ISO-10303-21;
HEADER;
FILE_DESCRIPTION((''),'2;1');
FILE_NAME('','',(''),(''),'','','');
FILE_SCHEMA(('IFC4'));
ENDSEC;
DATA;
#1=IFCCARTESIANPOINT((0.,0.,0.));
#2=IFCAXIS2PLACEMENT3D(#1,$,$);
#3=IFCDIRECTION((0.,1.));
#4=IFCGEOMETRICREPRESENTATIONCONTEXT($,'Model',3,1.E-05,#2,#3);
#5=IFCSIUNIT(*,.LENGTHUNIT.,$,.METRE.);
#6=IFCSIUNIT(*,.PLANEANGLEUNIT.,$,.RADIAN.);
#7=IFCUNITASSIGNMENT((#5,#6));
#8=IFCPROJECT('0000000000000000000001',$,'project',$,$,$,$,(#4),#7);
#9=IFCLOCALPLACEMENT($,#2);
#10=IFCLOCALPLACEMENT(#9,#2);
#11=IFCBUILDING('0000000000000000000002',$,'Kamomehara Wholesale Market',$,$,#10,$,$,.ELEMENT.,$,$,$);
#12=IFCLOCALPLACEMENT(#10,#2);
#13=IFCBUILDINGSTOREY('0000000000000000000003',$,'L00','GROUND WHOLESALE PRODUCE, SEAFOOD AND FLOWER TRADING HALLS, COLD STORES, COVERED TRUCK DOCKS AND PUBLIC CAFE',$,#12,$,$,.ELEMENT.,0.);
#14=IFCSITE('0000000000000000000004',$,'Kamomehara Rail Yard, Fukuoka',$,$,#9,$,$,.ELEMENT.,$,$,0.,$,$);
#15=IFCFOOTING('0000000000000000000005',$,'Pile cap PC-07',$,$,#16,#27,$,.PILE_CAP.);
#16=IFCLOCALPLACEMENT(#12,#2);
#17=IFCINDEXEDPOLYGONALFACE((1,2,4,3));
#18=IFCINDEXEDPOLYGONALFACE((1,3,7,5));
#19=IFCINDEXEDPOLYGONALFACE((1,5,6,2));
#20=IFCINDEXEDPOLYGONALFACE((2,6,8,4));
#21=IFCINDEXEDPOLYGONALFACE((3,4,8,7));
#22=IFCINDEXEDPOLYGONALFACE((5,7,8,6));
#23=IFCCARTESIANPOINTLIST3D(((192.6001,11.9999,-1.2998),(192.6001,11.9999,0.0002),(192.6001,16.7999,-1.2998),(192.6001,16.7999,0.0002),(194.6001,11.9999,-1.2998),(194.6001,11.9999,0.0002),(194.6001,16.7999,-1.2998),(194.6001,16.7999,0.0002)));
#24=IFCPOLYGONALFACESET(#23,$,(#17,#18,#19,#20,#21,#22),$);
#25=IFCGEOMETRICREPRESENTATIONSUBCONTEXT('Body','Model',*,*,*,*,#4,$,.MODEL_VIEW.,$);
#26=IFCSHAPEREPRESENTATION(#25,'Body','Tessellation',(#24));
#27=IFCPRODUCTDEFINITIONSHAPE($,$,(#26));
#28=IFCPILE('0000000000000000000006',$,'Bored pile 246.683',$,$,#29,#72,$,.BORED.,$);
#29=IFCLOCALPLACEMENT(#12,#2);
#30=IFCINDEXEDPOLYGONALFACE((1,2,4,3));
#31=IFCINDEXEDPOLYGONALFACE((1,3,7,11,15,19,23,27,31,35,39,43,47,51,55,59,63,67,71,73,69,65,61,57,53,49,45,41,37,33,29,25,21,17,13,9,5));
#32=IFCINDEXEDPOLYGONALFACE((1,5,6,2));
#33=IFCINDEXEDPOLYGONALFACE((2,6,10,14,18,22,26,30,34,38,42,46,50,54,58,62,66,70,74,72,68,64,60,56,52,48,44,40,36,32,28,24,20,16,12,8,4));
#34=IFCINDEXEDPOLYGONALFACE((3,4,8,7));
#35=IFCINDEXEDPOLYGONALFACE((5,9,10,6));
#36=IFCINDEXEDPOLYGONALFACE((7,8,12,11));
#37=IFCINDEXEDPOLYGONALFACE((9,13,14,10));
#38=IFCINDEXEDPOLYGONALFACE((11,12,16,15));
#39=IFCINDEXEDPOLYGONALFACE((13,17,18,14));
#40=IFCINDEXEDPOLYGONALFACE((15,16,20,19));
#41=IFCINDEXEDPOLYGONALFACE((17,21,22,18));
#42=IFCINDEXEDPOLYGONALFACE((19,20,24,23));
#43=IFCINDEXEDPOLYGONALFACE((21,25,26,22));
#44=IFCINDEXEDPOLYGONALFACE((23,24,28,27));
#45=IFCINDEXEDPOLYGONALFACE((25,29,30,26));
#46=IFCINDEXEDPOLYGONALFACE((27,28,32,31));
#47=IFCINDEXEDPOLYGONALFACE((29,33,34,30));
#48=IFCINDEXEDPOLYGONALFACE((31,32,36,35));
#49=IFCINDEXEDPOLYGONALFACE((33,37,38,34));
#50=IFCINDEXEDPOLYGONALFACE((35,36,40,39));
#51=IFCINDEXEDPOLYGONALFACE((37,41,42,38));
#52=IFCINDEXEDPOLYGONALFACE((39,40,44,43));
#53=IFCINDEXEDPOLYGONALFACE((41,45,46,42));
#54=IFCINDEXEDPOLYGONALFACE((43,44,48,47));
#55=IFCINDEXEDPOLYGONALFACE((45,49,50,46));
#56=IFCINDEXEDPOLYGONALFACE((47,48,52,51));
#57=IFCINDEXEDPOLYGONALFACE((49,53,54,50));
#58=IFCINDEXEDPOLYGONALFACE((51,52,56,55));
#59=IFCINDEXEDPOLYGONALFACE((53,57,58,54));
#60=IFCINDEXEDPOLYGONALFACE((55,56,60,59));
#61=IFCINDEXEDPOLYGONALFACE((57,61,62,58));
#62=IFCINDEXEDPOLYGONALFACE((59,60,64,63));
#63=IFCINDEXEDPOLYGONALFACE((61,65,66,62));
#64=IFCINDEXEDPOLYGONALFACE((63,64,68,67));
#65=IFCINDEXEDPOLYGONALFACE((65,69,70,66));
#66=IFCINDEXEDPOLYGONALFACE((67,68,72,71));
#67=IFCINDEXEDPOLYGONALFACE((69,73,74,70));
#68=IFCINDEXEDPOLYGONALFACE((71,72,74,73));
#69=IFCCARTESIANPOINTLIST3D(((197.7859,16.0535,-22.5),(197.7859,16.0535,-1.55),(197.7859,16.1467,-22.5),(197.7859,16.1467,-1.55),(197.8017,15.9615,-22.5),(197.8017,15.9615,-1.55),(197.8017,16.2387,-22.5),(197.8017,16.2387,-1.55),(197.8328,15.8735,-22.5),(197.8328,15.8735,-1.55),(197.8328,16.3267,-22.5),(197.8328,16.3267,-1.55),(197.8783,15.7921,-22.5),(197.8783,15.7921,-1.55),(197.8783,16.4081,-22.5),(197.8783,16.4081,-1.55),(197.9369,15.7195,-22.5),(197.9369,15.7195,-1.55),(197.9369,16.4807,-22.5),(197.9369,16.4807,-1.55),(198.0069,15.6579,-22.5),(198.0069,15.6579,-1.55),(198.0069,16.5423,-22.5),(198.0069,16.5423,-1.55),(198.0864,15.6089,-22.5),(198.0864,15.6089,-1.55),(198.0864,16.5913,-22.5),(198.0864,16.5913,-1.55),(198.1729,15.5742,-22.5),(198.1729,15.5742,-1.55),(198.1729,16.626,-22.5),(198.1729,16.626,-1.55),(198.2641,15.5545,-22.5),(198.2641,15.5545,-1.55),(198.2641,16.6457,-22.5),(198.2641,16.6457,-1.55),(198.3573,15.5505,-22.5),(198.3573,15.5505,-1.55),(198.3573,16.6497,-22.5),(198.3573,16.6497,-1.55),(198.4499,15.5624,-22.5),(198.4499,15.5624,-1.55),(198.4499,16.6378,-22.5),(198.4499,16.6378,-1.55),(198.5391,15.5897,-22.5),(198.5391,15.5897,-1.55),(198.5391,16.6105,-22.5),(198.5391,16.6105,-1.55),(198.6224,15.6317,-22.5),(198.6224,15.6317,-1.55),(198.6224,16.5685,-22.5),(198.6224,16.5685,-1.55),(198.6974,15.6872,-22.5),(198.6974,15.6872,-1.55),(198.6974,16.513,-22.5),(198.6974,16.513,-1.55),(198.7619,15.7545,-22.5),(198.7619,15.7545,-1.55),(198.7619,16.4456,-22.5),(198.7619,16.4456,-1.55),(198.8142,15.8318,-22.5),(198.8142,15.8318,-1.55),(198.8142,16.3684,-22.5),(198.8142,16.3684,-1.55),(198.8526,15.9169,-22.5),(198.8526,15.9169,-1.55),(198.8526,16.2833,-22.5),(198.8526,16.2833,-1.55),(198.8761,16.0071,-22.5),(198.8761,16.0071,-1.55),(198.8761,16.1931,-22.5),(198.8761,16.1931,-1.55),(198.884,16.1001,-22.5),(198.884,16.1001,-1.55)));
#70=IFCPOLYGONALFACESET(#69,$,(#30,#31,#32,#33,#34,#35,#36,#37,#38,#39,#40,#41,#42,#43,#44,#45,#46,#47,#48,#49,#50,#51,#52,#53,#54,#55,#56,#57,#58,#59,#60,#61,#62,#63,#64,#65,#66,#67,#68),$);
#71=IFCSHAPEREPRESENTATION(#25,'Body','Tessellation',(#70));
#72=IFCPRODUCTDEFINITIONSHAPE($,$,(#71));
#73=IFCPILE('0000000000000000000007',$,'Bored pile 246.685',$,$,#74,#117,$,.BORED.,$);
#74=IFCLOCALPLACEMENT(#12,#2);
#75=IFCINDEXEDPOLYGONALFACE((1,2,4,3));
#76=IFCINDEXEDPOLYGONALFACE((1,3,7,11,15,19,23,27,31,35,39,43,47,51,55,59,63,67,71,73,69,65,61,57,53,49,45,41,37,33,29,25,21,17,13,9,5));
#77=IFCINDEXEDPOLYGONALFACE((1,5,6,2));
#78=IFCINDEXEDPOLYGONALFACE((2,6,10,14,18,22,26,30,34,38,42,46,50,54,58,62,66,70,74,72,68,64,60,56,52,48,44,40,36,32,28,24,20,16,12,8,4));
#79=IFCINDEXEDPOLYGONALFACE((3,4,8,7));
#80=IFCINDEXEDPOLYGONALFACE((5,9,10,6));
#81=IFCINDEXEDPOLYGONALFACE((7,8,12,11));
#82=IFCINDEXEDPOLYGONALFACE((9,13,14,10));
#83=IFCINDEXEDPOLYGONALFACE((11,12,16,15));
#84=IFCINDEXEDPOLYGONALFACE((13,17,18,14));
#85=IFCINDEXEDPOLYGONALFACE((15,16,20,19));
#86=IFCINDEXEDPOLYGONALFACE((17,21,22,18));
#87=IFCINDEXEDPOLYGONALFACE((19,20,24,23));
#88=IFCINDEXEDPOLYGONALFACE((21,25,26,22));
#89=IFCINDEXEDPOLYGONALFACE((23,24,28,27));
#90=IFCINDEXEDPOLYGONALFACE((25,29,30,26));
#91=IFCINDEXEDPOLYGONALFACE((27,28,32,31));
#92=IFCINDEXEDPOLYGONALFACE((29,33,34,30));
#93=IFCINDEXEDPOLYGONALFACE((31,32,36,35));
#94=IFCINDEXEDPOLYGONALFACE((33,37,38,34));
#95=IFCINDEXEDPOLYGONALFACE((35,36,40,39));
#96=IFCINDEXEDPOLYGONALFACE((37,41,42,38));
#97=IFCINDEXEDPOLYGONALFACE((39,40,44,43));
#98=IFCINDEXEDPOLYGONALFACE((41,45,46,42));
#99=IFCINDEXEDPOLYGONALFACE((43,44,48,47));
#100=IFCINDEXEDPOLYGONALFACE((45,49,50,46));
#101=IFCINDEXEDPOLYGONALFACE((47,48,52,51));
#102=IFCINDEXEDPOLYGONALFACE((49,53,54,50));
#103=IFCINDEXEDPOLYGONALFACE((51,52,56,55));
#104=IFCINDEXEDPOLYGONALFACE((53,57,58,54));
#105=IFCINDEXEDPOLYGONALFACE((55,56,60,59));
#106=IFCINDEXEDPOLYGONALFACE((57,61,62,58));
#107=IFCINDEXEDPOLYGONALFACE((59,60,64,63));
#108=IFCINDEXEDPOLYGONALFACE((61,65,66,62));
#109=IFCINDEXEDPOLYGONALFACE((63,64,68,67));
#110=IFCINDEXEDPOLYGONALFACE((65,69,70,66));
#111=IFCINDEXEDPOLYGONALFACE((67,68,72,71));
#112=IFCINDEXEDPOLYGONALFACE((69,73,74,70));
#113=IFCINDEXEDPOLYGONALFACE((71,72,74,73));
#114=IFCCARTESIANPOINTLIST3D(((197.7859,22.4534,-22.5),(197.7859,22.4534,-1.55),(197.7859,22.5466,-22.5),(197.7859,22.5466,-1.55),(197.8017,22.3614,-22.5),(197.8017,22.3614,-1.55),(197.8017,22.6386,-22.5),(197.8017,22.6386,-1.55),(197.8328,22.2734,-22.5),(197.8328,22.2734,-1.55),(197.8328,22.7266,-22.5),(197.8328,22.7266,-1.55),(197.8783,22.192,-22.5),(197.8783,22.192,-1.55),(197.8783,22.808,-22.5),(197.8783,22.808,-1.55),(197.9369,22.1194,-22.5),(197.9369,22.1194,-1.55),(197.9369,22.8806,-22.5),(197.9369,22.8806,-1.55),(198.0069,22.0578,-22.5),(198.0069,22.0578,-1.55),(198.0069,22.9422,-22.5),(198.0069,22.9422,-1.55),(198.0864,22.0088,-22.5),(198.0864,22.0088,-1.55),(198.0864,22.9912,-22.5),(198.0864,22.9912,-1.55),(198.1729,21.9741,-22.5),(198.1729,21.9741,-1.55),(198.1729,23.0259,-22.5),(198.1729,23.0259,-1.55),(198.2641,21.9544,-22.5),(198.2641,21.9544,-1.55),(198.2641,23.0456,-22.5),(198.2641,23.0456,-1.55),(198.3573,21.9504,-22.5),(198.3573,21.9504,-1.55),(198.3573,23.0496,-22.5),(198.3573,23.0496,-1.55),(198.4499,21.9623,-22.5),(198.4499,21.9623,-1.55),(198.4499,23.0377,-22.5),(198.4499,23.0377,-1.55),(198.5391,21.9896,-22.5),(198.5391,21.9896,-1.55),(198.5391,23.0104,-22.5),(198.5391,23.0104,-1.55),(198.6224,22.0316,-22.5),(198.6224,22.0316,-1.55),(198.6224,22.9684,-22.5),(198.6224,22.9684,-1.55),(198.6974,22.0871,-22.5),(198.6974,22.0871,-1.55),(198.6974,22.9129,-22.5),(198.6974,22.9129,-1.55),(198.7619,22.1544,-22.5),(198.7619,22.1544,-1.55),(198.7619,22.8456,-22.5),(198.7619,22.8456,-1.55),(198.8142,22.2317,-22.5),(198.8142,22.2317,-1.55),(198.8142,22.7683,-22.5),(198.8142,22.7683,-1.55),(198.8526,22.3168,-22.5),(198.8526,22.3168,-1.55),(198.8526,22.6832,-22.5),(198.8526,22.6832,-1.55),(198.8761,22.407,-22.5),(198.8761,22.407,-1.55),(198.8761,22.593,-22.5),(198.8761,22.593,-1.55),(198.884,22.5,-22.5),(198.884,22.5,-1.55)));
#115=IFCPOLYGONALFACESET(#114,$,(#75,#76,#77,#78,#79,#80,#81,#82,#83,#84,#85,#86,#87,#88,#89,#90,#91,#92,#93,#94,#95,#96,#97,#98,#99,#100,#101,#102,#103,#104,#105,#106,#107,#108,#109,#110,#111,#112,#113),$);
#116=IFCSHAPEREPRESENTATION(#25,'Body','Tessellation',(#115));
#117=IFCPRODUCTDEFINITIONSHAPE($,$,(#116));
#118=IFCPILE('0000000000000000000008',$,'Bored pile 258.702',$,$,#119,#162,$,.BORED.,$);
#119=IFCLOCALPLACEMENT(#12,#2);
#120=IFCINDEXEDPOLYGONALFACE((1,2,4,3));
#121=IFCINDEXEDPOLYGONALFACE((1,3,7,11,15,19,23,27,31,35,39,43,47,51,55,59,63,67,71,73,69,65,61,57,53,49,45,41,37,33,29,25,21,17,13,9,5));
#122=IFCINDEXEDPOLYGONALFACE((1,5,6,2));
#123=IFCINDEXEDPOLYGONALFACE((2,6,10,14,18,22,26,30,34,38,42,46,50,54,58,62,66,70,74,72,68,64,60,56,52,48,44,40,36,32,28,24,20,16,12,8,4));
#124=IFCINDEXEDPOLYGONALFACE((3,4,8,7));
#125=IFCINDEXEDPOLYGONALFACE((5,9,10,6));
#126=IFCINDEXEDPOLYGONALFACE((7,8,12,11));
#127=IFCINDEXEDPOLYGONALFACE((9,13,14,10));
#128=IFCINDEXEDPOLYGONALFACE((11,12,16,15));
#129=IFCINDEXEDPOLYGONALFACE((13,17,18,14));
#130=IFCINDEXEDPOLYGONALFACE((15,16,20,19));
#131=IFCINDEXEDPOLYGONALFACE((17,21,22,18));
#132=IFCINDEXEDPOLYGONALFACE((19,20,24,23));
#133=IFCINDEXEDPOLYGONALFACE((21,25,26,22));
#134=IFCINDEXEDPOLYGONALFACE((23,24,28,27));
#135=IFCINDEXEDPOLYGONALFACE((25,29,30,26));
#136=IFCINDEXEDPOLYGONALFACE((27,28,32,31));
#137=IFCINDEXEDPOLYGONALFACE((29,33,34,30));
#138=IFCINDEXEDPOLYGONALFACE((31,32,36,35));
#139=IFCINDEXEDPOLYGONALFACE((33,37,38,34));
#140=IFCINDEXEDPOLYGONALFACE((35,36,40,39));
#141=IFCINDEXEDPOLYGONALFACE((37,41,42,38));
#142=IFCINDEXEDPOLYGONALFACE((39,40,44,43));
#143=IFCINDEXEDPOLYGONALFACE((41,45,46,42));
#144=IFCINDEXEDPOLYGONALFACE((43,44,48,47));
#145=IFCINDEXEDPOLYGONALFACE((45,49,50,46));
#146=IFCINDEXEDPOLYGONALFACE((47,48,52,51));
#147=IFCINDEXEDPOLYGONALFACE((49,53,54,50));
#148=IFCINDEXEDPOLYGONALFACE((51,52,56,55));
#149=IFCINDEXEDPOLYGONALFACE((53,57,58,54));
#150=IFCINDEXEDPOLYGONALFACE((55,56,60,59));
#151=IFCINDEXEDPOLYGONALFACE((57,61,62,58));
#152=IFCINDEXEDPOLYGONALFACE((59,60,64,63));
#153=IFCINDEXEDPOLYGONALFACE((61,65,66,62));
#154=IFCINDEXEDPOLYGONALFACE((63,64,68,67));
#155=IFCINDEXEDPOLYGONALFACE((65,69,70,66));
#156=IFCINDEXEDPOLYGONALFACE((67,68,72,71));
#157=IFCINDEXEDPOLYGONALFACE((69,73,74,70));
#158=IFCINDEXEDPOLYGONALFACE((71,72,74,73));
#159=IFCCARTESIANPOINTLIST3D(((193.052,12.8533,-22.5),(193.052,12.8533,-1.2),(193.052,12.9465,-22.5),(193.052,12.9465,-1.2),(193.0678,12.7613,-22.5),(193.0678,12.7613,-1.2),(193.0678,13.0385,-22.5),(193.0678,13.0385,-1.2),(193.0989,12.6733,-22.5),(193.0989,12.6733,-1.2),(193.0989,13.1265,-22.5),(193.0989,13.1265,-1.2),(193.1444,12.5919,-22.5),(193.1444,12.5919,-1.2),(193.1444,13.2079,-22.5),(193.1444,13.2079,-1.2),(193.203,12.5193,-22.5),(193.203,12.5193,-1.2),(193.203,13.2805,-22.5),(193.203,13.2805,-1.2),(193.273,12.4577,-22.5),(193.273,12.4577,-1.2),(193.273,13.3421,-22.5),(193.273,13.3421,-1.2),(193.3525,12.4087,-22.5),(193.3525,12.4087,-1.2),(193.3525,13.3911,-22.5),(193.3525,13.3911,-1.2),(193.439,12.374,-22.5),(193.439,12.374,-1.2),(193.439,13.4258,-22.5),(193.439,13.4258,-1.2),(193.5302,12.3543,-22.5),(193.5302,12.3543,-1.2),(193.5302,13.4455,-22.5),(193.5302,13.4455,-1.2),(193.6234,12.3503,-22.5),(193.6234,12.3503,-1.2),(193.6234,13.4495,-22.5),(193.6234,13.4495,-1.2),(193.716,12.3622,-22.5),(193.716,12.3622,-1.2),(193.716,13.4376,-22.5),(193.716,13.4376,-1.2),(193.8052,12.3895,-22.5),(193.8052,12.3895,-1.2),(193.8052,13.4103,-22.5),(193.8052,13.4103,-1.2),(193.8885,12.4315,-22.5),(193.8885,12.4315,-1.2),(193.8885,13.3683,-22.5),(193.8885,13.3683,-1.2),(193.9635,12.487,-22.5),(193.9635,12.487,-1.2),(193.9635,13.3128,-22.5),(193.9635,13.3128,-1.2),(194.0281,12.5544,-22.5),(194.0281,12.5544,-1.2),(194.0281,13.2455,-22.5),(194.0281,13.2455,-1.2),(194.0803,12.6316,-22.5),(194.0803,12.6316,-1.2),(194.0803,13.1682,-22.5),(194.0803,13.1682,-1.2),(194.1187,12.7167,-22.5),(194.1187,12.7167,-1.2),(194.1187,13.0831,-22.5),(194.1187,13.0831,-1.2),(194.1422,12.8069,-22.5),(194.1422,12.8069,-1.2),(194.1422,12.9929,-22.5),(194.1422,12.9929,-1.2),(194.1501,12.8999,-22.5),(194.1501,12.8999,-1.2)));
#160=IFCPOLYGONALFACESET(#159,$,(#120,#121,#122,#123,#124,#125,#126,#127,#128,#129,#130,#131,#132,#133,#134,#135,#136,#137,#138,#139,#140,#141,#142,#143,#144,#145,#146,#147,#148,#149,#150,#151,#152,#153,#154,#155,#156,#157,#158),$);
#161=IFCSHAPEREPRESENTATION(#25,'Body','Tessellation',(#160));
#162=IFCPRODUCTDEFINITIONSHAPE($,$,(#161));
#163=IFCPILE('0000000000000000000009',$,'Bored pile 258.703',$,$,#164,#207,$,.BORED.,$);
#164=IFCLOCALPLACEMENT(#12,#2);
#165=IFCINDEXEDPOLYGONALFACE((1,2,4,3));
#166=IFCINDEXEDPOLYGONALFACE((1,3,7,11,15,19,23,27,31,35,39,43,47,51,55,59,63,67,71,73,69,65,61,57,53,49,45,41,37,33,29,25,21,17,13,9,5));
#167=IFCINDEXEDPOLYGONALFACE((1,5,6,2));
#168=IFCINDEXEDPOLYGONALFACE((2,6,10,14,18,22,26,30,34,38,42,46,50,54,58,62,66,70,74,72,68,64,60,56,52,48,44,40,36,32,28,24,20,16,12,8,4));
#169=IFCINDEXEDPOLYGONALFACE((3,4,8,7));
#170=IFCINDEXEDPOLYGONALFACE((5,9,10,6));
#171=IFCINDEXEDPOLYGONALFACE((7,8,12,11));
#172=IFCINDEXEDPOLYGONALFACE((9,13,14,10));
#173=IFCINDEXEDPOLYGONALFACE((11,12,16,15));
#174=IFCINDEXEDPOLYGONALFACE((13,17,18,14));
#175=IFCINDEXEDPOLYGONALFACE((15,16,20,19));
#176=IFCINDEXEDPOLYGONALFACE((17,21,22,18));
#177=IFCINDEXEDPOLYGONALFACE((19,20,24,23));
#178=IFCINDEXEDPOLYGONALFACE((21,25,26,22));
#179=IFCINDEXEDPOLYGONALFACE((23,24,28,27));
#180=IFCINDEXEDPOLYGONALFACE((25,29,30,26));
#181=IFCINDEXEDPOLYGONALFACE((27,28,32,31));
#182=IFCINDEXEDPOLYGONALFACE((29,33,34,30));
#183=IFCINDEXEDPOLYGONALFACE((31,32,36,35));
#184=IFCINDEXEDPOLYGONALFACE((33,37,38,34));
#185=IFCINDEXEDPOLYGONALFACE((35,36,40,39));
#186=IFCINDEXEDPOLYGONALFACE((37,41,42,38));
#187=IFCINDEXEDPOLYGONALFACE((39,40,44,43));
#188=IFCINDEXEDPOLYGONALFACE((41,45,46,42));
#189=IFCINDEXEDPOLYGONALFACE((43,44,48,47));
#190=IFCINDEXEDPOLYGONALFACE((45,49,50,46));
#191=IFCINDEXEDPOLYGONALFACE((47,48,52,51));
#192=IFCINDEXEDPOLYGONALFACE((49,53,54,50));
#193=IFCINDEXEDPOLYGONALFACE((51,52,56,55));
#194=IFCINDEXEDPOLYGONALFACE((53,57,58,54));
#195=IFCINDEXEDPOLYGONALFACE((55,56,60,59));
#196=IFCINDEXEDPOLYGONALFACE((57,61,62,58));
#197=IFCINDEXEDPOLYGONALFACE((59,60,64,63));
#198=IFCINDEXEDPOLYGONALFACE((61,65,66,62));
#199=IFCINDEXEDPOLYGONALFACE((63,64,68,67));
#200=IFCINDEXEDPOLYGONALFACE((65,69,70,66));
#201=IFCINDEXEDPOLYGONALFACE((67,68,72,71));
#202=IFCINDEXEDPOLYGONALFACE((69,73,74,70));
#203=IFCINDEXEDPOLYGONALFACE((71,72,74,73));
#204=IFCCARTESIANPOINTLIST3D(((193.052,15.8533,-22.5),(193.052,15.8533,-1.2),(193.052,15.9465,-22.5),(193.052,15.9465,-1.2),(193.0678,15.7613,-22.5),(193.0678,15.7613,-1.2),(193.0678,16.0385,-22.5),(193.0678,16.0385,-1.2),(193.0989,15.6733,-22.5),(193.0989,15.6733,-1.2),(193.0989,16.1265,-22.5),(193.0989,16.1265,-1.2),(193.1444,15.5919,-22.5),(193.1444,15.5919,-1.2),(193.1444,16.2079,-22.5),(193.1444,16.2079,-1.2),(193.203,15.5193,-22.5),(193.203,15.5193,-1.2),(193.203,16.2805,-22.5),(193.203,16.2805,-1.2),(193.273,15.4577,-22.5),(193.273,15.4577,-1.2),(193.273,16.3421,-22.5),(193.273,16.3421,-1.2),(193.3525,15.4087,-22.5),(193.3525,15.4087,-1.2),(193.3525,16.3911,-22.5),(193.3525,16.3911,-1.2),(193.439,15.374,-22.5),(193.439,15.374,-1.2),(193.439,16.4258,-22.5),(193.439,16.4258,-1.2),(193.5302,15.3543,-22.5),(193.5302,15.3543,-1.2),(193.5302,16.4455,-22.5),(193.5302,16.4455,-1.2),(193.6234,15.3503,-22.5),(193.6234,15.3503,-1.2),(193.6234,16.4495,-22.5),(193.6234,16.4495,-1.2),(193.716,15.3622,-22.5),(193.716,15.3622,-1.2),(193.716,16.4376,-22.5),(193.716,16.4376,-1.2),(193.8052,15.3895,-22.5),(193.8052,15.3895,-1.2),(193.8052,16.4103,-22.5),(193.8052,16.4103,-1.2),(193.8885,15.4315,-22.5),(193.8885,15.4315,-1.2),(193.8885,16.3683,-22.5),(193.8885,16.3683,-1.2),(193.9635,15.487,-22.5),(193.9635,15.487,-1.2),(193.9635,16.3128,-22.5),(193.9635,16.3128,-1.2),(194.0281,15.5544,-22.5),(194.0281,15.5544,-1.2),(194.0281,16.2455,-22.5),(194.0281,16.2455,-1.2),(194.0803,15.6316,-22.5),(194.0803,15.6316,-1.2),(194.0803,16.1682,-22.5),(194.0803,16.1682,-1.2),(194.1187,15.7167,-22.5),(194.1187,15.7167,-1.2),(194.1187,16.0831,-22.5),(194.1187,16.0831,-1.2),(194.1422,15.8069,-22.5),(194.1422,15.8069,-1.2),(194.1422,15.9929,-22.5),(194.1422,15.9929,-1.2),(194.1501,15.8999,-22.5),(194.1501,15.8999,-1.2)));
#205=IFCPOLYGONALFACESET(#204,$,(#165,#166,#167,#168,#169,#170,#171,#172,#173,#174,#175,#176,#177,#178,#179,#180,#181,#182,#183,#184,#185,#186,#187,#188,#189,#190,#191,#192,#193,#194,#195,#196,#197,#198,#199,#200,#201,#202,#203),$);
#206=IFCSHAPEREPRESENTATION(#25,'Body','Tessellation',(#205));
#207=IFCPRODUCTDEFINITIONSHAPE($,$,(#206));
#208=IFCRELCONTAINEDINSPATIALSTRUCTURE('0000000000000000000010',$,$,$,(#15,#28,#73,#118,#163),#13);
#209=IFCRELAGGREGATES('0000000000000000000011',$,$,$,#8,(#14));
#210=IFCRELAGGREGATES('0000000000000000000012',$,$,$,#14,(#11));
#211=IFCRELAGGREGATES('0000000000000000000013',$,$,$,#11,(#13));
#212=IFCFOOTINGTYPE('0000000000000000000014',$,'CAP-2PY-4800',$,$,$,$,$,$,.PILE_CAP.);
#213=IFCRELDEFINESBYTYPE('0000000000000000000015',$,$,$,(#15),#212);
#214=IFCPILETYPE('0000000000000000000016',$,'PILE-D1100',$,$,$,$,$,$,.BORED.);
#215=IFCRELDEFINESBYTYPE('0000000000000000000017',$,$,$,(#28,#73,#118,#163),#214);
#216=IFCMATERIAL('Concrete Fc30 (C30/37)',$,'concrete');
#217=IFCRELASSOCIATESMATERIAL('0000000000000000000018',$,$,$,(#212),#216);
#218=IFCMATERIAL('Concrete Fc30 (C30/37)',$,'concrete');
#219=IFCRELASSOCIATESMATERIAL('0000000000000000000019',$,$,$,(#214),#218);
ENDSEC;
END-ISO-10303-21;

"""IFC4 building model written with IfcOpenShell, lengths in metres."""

from ifc_helpers import new_model, si_unit, direction, frame, origin, origin_2d, place, context, subcontext, project, spatial, rectangle, circle, extrude, material, material_profile, profile_set, type_object, element, save


model = new_model("IFC4")

# Units and contexts
model_context = context("Model", 3, precision=1e-05, world=origin(), true_north=direction((0.0, 1.0)))
body_context = subcontext(model_context, "Body", "Model", "MODEL_VIEW")
ifc_project = project(units=[si_unit("LENGTHUNIT", "METRE"), si_unit("PLANEANGLEUNIT", "RADIAN")], contexts=[model_context])

# Site, building, storey
site_placement = place(None, origin())
site = spatial("IfcSite", under=ifc_project, at=site_placement, Name="Kamomehara Rail Yard, Fukuoka", CompositionType="ELEMENT", RefElevation=0.0)
building_placement = place(site_placement, origin())
building = spatial("IfcBuilding", under=site, at=building_placement, Name="Kamomehara Wholesale Market", CompositionType="ELEMENT")
storey_placement = place(building_placement, origin())
storey = spatial("IfcBuildingStorey", under=building, at=storey_placement, Name="L00", Description="GROUND WHOLESALE PRODUCE, SEAFOOD AND FLOWER TRADING HALLS, COLD STORES, COVERED TRUCK DOCKS AND PUBLIC CAFE", CompositionType="ELEMENT", Elevation=0.0)

# Footing
ifc_material_1 = material(Name="Concrete Fc30 (C30/37)", Category="concrete")
footing_type = type_object("IfcFootingType", Name="CAP-2PY-4800", PredefinedType="PILE_CAP", material=ifc_material_1)
footing_placement = place(storey_placement, frame((193.6001, 14.3999, -1.2998), z_axis=(0.0, 0.0, 1.0), x_axis=(1.0, 0.0, 0.0)))
element("IfcFooting", 1, at=footing_placement, inside=storey, type_object=footing_type, Name="Pile cap PC-07", PredefinedType="PILE_CAP", context=body_context, shape_type="SweptSolid", body=[
    extrude(rectangle(XDim=2.0, YDim=4.8, at=origin_2d()), origin(), (0.0, 0.0, 1.0), 1.3),
])

# Piles
ifc_material_2 = material(Name="Concrete Fc30 (C30/37)", Category="concrete")
ifc_material_profile_1 = material_profile(ifc_material_2, circle(Radius=0.55, at=origin_2d()), Name="RC-PILE-D1100")
ifc_profile_set_1 = profile_set([ifc_material_profile_1], Name="Concrete Fc30 (C30/37)")
pile_type_1 = type_object("IfcPileType", Name="PILE-D1100", PredefinedType="BORED", material=ifc_profile_set_1)
for number, where, z_axis, x_axis, name in (
    (2, (198.334, 16.1001, -1.55), (0.0, 0.0, -1.0), (1.0, 0.0, 0.0), "Bored pile 246.683"),
    (3, (198.334, 22.5, -1.55), (0.0, 0.0, -1.0), (1.0, 0.0, 0.0), "Bored pile 246.685"),
):
    element("IfcPile", number, at=place(storey_placement, frame(where, z_axis=z_axis, x_axis=x_axis)), inside=storey, type_object=pile_type_1, Name=name, PredefinedType="BORED", context=body_context, shape_type="SweptSolid", body=[
        extrude(circle(Radius=0.55, at=origin_2d()), origin(), (0.0, 0.0, 1.0), 20.95),
    ])
for number, where, z_axis, x_axis, name in (
    (4, (193.6001, 12.8999, -1.2), (0.0, 0.0, -1.0), (1.0, 0.0, 0.0), "Bored pile 258.702"),
    (5, (193.6001, 15.8999, -1.2), (0.0, 0.0, -1.0), (1.0, 0.0, 0.0), "Bored pile 258.703"),
):
    element("IfcPile", number, at=place(storey_placement, frame(where, z_axis=z_axis, x_axis=x_axis)), inside=storey, type_object=pile_type_1, Name=name, PredefinedType="BORED", context=body_context, shape_type="SweptSolid", body=[
        extrude(circle(Radius=0.55, at=origin_2d()), origin(), (0.0, 0.0, 1.0), 21.3),
    ])

save(model, "model.ifc")
